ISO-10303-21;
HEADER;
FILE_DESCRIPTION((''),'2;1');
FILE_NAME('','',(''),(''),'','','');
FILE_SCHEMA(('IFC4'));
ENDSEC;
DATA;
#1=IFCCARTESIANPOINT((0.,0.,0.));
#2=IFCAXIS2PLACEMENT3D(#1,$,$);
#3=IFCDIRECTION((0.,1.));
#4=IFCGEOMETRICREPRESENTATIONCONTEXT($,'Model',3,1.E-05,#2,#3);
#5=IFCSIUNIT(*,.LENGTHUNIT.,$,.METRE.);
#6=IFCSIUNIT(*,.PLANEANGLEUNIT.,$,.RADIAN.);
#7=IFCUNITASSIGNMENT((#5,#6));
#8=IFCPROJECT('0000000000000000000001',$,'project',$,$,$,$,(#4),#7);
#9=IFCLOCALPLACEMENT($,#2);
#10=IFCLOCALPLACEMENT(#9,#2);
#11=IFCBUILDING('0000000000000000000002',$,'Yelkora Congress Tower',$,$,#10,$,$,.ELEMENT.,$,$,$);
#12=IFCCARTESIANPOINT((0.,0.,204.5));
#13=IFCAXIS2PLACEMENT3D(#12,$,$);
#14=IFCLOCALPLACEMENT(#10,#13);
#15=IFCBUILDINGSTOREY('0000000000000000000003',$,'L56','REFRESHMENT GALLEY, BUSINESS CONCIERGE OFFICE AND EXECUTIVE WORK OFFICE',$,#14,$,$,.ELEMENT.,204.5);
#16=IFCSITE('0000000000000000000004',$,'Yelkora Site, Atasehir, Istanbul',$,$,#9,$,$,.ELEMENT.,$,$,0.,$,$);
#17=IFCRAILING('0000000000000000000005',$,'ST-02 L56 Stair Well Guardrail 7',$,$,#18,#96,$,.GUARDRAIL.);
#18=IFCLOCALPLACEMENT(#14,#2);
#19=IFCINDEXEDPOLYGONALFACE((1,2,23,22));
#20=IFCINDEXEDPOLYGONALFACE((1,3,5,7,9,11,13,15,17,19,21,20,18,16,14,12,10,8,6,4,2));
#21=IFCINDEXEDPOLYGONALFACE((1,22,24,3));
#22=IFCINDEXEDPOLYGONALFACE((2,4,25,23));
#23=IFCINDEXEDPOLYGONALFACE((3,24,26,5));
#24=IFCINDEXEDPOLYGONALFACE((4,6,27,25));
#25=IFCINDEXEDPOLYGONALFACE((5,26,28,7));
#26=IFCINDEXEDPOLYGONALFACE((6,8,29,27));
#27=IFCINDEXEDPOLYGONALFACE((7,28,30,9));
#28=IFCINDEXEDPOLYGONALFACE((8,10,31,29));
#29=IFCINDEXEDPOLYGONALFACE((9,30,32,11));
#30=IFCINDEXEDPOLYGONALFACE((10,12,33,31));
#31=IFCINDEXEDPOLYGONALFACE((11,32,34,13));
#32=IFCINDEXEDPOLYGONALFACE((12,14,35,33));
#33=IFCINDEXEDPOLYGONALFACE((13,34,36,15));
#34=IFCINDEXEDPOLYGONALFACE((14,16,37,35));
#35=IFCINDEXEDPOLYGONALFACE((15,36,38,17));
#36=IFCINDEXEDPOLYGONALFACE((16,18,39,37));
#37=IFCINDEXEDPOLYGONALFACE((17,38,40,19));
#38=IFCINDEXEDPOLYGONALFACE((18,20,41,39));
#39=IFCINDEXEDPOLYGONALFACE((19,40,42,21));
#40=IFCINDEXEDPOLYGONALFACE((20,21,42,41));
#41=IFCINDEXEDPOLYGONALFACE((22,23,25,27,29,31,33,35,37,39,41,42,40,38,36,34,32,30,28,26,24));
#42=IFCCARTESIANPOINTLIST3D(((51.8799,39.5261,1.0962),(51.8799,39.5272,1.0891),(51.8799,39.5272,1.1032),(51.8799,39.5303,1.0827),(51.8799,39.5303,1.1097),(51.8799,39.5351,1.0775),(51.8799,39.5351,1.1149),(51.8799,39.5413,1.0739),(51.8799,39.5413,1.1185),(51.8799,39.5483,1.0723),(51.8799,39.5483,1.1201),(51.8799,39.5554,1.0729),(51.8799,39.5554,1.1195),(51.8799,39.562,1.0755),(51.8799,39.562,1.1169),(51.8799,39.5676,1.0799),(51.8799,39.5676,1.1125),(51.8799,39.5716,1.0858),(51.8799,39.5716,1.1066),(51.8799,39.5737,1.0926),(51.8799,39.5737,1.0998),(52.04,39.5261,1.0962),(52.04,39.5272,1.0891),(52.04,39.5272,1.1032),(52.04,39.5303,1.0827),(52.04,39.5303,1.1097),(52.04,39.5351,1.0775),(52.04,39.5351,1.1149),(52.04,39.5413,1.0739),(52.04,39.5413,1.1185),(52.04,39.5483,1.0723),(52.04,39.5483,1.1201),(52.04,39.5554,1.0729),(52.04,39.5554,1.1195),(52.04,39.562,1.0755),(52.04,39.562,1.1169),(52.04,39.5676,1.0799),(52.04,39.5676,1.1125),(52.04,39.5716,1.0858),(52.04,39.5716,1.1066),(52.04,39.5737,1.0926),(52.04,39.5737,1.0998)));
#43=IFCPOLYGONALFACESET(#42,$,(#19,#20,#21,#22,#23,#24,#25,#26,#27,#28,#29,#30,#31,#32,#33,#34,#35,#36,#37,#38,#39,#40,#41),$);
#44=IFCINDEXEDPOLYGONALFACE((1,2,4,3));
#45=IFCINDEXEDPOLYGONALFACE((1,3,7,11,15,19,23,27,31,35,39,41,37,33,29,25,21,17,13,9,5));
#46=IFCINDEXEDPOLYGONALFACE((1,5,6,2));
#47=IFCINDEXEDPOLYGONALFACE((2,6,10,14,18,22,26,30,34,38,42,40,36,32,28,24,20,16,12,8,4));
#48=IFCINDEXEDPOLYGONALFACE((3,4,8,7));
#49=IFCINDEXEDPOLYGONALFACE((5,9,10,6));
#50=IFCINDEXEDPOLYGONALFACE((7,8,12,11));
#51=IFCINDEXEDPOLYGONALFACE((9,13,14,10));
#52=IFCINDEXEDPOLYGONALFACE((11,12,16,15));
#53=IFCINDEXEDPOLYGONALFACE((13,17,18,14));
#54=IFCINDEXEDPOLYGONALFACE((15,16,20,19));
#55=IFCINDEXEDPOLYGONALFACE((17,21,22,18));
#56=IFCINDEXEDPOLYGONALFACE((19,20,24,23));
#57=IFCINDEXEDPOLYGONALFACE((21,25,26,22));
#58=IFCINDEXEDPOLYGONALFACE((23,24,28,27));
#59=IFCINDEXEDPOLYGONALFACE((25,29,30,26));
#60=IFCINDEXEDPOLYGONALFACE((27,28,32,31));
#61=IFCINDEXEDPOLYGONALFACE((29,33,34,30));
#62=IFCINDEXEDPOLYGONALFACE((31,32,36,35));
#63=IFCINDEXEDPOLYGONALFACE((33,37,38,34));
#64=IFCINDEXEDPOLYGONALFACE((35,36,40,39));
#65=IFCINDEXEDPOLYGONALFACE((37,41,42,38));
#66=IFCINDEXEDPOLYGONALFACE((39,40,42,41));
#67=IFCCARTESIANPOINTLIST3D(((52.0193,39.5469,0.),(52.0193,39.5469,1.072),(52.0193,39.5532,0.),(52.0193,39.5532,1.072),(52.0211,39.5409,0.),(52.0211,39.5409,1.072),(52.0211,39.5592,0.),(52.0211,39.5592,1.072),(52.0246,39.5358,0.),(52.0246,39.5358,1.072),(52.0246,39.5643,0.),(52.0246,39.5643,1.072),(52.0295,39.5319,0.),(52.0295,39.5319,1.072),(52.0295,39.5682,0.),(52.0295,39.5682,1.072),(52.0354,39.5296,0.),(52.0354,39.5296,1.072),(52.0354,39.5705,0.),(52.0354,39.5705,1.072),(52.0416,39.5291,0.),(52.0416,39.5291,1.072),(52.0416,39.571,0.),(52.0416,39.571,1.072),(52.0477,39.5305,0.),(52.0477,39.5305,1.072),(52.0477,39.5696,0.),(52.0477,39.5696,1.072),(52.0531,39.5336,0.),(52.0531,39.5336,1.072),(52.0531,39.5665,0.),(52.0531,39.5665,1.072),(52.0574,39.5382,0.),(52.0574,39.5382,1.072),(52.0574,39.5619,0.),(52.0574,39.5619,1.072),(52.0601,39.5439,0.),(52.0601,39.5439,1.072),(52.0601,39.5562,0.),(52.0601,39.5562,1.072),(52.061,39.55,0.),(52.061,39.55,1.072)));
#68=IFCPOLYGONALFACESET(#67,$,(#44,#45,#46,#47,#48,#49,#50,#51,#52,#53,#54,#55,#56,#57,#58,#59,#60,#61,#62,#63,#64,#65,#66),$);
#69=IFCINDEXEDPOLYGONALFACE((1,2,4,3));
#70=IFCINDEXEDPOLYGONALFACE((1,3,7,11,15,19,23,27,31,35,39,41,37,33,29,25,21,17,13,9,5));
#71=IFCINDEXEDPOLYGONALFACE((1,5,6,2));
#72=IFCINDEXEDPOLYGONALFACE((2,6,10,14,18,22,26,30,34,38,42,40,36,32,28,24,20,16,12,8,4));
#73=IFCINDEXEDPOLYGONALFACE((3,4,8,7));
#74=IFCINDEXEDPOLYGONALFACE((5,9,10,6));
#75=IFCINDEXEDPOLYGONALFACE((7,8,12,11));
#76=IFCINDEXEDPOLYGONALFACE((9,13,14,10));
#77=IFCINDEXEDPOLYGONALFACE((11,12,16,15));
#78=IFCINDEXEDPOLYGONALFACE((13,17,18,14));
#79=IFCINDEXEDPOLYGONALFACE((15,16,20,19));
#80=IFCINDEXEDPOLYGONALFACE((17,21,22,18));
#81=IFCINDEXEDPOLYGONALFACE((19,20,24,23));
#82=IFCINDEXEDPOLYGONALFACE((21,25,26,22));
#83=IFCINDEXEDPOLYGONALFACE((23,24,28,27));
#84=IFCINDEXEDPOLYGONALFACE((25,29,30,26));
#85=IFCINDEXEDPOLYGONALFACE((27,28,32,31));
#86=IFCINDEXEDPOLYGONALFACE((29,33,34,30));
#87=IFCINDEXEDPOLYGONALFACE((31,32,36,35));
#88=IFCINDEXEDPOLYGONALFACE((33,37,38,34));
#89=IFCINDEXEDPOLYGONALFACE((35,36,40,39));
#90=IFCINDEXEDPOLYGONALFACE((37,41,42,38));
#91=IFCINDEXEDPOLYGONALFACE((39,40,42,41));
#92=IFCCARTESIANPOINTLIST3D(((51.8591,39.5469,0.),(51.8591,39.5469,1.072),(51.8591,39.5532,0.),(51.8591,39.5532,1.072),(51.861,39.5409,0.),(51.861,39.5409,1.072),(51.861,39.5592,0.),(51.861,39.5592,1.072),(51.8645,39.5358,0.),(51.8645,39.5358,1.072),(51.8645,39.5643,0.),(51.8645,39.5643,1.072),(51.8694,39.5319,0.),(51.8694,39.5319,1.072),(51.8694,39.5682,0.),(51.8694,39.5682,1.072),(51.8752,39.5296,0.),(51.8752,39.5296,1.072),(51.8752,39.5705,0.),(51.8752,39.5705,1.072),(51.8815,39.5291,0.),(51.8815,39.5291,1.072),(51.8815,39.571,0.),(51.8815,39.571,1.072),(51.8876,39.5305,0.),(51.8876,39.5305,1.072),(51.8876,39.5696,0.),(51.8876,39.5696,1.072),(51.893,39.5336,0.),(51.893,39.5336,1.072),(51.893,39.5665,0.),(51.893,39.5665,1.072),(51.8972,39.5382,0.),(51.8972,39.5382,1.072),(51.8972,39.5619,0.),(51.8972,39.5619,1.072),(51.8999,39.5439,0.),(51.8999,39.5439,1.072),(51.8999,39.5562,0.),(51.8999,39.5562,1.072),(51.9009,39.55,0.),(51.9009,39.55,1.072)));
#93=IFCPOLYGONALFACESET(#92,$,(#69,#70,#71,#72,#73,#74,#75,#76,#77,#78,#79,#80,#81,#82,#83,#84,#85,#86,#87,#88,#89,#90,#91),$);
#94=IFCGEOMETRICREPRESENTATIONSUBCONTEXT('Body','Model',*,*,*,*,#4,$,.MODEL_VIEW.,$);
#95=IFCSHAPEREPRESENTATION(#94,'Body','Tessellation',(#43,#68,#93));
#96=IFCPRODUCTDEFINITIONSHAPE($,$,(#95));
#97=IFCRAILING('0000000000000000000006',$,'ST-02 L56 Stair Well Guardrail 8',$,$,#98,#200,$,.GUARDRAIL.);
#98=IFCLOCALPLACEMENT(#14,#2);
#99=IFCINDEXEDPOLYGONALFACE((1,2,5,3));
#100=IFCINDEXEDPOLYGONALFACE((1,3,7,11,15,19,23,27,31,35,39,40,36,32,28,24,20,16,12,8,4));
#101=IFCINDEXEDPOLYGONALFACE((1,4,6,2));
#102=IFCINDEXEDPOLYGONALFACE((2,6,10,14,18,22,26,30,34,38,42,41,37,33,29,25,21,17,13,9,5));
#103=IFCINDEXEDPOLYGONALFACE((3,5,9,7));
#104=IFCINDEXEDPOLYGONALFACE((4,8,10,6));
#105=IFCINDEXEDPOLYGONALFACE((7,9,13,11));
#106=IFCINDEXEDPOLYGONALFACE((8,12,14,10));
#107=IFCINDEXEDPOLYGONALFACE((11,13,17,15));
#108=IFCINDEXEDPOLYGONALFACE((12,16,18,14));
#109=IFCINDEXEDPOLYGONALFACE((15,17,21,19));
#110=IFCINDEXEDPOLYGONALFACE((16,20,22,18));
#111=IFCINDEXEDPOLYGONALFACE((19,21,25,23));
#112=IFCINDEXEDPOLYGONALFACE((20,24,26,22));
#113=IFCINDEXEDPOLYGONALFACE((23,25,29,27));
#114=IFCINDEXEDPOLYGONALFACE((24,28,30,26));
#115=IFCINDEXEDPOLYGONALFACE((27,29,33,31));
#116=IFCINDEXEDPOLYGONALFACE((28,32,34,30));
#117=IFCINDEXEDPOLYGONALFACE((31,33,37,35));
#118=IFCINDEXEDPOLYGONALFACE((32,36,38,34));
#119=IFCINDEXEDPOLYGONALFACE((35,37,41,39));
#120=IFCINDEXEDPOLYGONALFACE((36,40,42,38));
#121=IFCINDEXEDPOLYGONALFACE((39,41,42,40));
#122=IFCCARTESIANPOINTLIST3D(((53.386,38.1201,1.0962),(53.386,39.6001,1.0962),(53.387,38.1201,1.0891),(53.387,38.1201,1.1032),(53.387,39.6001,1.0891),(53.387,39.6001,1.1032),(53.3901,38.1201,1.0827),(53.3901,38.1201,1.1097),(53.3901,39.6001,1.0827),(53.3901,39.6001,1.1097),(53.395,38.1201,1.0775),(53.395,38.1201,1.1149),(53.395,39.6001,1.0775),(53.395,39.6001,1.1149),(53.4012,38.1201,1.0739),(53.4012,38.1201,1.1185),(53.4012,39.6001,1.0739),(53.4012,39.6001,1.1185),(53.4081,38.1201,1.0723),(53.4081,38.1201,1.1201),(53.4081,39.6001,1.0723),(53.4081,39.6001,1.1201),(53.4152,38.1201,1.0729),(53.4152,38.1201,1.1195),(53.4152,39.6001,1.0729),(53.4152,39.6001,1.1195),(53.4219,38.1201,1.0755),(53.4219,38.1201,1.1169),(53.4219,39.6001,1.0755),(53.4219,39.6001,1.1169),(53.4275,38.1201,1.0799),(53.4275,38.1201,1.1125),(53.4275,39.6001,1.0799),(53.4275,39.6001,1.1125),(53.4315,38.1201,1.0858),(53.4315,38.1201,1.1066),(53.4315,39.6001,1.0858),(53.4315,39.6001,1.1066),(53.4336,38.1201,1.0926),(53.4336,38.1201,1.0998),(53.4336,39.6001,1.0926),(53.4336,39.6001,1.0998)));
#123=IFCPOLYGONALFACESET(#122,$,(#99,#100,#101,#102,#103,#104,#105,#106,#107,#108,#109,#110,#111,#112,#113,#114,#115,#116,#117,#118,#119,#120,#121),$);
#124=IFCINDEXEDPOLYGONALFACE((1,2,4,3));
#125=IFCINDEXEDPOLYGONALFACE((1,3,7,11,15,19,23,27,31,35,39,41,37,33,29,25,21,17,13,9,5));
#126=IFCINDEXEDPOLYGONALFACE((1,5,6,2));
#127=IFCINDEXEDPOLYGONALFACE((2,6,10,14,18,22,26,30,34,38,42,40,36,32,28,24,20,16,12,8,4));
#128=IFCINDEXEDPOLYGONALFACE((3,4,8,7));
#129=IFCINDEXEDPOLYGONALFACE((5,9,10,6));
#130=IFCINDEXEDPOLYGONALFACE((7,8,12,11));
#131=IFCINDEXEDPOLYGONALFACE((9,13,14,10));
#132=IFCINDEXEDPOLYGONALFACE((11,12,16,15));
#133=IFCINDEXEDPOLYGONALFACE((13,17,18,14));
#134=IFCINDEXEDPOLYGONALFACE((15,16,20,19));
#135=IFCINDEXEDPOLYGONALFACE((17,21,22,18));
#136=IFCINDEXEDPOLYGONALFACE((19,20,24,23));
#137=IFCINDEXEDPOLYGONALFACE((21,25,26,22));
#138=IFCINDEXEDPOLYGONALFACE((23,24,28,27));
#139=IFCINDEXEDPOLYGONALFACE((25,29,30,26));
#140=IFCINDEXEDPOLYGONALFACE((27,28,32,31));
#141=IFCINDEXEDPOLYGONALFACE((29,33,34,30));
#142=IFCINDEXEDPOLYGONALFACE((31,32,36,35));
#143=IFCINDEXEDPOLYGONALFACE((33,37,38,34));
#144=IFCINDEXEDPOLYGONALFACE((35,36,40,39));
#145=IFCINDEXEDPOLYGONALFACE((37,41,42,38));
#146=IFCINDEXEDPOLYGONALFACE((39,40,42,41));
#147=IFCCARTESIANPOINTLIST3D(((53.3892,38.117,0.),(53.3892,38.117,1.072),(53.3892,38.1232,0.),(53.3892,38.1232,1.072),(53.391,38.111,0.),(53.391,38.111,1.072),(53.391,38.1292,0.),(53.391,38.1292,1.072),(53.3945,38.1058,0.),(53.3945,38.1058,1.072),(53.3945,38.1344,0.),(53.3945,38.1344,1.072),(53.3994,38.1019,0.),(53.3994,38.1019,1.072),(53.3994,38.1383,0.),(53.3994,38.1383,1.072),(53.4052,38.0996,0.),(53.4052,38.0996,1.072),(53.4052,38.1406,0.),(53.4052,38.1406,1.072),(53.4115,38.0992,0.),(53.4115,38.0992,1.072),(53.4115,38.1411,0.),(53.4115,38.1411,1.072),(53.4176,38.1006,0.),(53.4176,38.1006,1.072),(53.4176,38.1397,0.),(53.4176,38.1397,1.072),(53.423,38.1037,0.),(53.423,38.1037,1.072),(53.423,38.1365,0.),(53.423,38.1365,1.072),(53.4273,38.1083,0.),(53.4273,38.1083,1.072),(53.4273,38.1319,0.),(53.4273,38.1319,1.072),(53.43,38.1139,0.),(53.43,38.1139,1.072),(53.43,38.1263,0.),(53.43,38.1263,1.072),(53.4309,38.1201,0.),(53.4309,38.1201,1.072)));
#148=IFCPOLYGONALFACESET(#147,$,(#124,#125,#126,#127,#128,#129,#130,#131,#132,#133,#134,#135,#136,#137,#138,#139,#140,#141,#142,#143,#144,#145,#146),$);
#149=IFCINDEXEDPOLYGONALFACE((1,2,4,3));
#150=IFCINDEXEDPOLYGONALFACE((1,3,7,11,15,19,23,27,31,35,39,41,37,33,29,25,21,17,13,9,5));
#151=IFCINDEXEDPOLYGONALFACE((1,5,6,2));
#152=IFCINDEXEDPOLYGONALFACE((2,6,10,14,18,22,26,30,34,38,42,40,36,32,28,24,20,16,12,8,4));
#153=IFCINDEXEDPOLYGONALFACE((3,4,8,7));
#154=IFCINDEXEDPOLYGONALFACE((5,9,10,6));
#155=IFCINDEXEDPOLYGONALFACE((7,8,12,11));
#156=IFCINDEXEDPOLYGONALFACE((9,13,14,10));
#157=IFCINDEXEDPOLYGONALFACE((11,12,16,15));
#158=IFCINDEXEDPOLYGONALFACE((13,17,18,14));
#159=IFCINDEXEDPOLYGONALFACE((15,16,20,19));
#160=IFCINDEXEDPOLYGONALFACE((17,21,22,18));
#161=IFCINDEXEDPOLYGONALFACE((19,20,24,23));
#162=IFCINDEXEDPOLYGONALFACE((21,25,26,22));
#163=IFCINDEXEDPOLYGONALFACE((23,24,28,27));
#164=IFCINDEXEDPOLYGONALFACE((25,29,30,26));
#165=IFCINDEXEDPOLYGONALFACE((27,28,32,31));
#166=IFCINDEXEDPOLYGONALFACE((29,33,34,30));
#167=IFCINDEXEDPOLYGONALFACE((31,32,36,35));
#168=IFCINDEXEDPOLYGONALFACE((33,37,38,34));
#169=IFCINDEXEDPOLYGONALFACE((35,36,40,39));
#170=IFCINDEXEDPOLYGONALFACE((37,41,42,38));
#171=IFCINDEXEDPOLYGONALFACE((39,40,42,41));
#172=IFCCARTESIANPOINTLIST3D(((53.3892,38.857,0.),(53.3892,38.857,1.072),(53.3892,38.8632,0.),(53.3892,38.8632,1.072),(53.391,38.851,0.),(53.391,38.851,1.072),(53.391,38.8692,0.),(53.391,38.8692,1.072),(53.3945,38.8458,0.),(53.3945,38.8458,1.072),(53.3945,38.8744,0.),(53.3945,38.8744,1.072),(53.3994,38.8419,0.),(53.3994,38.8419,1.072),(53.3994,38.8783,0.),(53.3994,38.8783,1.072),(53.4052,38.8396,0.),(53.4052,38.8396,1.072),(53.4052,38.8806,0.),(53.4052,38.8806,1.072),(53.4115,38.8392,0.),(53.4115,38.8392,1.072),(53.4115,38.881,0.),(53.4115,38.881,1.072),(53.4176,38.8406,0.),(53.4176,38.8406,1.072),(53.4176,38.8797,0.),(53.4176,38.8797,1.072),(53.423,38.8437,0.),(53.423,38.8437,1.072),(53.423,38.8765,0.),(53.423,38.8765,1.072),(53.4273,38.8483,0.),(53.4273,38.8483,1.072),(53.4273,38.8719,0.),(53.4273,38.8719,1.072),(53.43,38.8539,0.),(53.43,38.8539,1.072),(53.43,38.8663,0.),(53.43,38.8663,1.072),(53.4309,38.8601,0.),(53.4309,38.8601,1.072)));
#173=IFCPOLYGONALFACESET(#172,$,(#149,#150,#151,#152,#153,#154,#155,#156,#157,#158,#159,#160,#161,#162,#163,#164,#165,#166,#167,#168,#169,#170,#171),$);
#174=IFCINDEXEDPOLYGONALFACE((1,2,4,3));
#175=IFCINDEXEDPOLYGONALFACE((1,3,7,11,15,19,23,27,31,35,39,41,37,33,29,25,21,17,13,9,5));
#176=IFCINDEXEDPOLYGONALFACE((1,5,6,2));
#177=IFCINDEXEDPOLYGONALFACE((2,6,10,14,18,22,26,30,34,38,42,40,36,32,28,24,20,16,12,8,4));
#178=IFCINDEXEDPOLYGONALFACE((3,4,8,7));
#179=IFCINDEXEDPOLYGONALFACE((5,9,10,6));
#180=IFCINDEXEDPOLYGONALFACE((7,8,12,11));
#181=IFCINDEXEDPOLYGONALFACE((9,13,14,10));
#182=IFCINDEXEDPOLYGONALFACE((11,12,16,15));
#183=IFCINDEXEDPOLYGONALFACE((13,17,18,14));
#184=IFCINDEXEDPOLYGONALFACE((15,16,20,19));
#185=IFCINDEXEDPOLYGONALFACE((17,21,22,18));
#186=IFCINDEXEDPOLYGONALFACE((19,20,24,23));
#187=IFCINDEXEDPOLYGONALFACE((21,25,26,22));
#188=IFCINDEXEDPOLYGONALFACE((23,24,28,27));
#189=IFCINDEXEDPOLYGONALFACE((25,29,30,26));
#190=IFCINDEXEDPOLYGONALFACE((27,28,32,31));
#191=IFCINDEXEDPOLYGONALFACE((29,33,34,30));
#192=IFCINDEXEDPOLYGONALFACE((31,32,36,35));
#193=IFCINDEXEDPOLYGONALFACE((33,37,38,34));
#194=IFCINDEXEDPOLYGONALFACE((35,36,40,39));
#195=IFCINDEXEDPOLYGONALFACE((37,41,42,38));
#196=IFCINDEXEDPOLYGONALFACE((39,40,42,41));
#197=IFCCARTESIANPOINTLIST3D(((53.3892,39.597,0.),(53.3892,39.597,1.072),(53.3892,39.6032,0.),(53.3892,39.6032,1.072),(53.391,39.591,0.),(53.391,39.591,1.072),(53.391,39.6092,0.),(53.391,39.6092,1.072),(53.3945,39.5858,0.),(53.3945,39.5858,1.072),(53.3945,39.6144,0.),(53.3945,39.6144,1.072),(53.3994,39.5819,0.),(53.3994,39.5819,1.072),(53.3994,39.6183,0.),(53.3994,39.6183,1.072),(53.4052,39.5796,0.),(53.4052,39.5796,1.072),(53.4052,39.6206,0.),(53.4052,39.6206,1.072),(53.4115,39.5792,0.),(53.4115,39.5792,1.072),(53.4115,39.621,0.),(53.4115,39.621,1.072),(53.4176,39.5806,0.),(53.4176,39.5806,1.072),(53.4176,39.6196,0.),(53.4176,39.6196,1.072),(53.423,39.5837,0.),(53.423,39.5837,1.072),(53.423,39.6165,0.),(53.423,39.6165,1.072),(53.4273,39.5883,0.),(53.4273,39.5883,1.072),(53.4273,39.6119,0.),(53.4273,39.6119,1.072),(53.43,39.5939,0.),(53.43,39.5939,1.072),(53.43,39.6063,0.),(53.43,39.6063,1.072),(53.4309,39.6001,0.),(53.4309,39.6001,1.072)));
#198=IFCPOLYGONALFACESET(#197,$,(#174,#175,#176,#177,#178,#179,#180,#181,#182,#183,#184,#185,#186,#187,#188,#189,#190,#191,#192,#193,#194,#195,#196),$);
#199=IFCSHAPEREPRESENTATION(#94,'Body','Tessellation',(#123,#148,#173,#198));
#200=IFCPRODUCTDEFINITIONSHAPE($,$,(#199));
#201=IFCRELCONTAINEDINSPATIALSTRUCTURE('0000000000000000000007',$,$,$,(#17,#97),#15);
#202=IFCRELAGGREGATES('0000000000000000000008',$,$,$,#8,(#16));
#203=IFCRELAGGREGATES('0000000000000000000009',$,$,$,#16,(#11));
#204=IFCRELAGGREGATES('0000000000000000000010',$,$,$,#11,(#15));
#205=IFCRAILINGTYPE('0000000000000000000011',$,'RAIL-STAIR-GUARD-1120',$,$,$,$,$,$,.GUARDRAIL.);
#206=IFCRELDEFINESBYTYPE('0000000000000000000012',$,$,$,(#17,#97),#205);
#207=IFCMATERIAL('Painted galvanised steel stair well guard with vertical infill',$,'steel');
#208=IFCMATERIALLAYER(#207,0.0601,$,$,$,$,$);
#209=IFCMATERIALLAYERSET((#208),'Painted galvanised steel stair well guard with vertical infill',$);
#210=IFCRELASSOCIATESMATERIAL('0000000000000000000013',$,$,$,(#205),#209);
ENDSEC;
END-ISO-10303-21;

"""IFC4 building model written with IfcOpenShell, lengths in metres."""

from ifc_helpers import new_model, si_unit, direction, frame, origin, origin_2d, place, context, subcontext, project, spatial, circle, extrude, material, layer, layer_set, type_object, element, save


model = new_model("IFC4")

# Units and contexts
model_context = context("Model", 3, precision=1e-05, world=origin(), true_north=direction((0.0, 1.0)))
body_context = subcontext(model_context, "Body", "Model", "MODEL_VIEW")
ifc_project = project(units=[si_unit("LENGTHUNIT", "METRE"), si_unit("PLANEANGLEUNIT", "RADIAN")], contexts=[model_context])

# Site, building, storey
site_placement = place(None, origin())
site = spatial("IfcSite", under=ifc_project, at=site_placement, Name="Yelkora Site, Atasehir, Istanbul", CompositionType="ELEMENT", RefElevation=0.0)
building_placement = place(site_placement, origin())
building = spatial("IfcBuilding", under=site, at=building_placement, Name="Yelkora Congress Tower", CompositionType="ELEMENT")
storey_placement = place(building_placement, frame((0.0, 0.0, 204.5)))
storey = spatial("IfcBuildingStorey", under=building, at=storey_placement, Name="L56", Description="REFRESHMENT GALLEY, BUSINESS CONCIERGE OFFICE AND EXECUTIVE WORK OFFICE", CompositionType="ELEMENT", Elevation=204.5)

# Railings
ifc_material_1 = material(Name="Painted galvanised steel stair well guard with vertical infill", Category="steel")
ifc_layer_1 = layer(ifc_material_1, 0.0601)
ifc_layer_set_1 = layer_set([ifc_layer_1], Name="Painted galvanised steel stair well guard with vertical infill")
railing_type_1 = type_object("IfcRailingType", Name="RAIL-STAIR-GUARD-1120", PredefinedType="GUARDRAIL", material=ifc_layer_set_1)
railing_1_placement = place(storey_placement, frame((52.04, 39.55, 0.0)))
element("IfcRailing", 1, at=railing_1_placement, inside=storey, type_object=railing_type_1, Name="ST-02 L56 Stair Well Guardrail 7", PredefinedType="GUARDRAIL", context=body_context, shape_type="SweptSolid", body=[
    extrude(circle(Radius=0.0239, at=origin_2d()), frame((0.0, 0.0, 1.0962), z_axis=(-1.0, 0.0, 0.0), x_axis=(0.0, -1.0, 0.0)), (0.0, 0.0, 1.0), 0.1602),
    extrude(circle(Radius=0.021, at=origin_2d()), origin(), (0.0, 0.0, 1.0), 1.072),
    extrude(circle(Radius=0.021, at=origin_2d()), frame((-0.1602, 0.0, 0.0)), (0.0, 0.0, 1.0), 1.072),
])
for number, where, name in (
    (2, (53.4099, 38.1201, 0.0), "ST-02 L56 Stair Well Guardrail 8"),
):
    element("IfcRailing", number, at=place(storey_placement, frame(where)), inside=storey, type_object=railing_type_1, Name=name, PredefinedType="GUARDRAIL", context=body_context, shape_type="SweptSolid", body=[
        extrude(circle(Radius=0.0239, at=origin_2d()), frame((0.0, 0.0, 1.0962), z_axis=(0.0, 1.0, 0.0), x_axis=(-1.0, 0.0, 0.0)), (0.0, 0.0, 1.0), 1.48),
        extrude(circle(Radius=0.021, at=origin_2d()), origin(), (0.0, 0.0, 1.0), 1.072),
        extrude(circle(Radius=0.021, at=origin_2d()), frame((0.0, 0.74, 0.0)), (0.0, 0.0, 1.0), 1.072),
        extrude(circle(Radius=0.021, at=origin_2d()), frame((0.0, 1.48, 0.0)), (0.0, 0.0, 1.0), 1.072),
    ])

save(model, "model.ifc")
